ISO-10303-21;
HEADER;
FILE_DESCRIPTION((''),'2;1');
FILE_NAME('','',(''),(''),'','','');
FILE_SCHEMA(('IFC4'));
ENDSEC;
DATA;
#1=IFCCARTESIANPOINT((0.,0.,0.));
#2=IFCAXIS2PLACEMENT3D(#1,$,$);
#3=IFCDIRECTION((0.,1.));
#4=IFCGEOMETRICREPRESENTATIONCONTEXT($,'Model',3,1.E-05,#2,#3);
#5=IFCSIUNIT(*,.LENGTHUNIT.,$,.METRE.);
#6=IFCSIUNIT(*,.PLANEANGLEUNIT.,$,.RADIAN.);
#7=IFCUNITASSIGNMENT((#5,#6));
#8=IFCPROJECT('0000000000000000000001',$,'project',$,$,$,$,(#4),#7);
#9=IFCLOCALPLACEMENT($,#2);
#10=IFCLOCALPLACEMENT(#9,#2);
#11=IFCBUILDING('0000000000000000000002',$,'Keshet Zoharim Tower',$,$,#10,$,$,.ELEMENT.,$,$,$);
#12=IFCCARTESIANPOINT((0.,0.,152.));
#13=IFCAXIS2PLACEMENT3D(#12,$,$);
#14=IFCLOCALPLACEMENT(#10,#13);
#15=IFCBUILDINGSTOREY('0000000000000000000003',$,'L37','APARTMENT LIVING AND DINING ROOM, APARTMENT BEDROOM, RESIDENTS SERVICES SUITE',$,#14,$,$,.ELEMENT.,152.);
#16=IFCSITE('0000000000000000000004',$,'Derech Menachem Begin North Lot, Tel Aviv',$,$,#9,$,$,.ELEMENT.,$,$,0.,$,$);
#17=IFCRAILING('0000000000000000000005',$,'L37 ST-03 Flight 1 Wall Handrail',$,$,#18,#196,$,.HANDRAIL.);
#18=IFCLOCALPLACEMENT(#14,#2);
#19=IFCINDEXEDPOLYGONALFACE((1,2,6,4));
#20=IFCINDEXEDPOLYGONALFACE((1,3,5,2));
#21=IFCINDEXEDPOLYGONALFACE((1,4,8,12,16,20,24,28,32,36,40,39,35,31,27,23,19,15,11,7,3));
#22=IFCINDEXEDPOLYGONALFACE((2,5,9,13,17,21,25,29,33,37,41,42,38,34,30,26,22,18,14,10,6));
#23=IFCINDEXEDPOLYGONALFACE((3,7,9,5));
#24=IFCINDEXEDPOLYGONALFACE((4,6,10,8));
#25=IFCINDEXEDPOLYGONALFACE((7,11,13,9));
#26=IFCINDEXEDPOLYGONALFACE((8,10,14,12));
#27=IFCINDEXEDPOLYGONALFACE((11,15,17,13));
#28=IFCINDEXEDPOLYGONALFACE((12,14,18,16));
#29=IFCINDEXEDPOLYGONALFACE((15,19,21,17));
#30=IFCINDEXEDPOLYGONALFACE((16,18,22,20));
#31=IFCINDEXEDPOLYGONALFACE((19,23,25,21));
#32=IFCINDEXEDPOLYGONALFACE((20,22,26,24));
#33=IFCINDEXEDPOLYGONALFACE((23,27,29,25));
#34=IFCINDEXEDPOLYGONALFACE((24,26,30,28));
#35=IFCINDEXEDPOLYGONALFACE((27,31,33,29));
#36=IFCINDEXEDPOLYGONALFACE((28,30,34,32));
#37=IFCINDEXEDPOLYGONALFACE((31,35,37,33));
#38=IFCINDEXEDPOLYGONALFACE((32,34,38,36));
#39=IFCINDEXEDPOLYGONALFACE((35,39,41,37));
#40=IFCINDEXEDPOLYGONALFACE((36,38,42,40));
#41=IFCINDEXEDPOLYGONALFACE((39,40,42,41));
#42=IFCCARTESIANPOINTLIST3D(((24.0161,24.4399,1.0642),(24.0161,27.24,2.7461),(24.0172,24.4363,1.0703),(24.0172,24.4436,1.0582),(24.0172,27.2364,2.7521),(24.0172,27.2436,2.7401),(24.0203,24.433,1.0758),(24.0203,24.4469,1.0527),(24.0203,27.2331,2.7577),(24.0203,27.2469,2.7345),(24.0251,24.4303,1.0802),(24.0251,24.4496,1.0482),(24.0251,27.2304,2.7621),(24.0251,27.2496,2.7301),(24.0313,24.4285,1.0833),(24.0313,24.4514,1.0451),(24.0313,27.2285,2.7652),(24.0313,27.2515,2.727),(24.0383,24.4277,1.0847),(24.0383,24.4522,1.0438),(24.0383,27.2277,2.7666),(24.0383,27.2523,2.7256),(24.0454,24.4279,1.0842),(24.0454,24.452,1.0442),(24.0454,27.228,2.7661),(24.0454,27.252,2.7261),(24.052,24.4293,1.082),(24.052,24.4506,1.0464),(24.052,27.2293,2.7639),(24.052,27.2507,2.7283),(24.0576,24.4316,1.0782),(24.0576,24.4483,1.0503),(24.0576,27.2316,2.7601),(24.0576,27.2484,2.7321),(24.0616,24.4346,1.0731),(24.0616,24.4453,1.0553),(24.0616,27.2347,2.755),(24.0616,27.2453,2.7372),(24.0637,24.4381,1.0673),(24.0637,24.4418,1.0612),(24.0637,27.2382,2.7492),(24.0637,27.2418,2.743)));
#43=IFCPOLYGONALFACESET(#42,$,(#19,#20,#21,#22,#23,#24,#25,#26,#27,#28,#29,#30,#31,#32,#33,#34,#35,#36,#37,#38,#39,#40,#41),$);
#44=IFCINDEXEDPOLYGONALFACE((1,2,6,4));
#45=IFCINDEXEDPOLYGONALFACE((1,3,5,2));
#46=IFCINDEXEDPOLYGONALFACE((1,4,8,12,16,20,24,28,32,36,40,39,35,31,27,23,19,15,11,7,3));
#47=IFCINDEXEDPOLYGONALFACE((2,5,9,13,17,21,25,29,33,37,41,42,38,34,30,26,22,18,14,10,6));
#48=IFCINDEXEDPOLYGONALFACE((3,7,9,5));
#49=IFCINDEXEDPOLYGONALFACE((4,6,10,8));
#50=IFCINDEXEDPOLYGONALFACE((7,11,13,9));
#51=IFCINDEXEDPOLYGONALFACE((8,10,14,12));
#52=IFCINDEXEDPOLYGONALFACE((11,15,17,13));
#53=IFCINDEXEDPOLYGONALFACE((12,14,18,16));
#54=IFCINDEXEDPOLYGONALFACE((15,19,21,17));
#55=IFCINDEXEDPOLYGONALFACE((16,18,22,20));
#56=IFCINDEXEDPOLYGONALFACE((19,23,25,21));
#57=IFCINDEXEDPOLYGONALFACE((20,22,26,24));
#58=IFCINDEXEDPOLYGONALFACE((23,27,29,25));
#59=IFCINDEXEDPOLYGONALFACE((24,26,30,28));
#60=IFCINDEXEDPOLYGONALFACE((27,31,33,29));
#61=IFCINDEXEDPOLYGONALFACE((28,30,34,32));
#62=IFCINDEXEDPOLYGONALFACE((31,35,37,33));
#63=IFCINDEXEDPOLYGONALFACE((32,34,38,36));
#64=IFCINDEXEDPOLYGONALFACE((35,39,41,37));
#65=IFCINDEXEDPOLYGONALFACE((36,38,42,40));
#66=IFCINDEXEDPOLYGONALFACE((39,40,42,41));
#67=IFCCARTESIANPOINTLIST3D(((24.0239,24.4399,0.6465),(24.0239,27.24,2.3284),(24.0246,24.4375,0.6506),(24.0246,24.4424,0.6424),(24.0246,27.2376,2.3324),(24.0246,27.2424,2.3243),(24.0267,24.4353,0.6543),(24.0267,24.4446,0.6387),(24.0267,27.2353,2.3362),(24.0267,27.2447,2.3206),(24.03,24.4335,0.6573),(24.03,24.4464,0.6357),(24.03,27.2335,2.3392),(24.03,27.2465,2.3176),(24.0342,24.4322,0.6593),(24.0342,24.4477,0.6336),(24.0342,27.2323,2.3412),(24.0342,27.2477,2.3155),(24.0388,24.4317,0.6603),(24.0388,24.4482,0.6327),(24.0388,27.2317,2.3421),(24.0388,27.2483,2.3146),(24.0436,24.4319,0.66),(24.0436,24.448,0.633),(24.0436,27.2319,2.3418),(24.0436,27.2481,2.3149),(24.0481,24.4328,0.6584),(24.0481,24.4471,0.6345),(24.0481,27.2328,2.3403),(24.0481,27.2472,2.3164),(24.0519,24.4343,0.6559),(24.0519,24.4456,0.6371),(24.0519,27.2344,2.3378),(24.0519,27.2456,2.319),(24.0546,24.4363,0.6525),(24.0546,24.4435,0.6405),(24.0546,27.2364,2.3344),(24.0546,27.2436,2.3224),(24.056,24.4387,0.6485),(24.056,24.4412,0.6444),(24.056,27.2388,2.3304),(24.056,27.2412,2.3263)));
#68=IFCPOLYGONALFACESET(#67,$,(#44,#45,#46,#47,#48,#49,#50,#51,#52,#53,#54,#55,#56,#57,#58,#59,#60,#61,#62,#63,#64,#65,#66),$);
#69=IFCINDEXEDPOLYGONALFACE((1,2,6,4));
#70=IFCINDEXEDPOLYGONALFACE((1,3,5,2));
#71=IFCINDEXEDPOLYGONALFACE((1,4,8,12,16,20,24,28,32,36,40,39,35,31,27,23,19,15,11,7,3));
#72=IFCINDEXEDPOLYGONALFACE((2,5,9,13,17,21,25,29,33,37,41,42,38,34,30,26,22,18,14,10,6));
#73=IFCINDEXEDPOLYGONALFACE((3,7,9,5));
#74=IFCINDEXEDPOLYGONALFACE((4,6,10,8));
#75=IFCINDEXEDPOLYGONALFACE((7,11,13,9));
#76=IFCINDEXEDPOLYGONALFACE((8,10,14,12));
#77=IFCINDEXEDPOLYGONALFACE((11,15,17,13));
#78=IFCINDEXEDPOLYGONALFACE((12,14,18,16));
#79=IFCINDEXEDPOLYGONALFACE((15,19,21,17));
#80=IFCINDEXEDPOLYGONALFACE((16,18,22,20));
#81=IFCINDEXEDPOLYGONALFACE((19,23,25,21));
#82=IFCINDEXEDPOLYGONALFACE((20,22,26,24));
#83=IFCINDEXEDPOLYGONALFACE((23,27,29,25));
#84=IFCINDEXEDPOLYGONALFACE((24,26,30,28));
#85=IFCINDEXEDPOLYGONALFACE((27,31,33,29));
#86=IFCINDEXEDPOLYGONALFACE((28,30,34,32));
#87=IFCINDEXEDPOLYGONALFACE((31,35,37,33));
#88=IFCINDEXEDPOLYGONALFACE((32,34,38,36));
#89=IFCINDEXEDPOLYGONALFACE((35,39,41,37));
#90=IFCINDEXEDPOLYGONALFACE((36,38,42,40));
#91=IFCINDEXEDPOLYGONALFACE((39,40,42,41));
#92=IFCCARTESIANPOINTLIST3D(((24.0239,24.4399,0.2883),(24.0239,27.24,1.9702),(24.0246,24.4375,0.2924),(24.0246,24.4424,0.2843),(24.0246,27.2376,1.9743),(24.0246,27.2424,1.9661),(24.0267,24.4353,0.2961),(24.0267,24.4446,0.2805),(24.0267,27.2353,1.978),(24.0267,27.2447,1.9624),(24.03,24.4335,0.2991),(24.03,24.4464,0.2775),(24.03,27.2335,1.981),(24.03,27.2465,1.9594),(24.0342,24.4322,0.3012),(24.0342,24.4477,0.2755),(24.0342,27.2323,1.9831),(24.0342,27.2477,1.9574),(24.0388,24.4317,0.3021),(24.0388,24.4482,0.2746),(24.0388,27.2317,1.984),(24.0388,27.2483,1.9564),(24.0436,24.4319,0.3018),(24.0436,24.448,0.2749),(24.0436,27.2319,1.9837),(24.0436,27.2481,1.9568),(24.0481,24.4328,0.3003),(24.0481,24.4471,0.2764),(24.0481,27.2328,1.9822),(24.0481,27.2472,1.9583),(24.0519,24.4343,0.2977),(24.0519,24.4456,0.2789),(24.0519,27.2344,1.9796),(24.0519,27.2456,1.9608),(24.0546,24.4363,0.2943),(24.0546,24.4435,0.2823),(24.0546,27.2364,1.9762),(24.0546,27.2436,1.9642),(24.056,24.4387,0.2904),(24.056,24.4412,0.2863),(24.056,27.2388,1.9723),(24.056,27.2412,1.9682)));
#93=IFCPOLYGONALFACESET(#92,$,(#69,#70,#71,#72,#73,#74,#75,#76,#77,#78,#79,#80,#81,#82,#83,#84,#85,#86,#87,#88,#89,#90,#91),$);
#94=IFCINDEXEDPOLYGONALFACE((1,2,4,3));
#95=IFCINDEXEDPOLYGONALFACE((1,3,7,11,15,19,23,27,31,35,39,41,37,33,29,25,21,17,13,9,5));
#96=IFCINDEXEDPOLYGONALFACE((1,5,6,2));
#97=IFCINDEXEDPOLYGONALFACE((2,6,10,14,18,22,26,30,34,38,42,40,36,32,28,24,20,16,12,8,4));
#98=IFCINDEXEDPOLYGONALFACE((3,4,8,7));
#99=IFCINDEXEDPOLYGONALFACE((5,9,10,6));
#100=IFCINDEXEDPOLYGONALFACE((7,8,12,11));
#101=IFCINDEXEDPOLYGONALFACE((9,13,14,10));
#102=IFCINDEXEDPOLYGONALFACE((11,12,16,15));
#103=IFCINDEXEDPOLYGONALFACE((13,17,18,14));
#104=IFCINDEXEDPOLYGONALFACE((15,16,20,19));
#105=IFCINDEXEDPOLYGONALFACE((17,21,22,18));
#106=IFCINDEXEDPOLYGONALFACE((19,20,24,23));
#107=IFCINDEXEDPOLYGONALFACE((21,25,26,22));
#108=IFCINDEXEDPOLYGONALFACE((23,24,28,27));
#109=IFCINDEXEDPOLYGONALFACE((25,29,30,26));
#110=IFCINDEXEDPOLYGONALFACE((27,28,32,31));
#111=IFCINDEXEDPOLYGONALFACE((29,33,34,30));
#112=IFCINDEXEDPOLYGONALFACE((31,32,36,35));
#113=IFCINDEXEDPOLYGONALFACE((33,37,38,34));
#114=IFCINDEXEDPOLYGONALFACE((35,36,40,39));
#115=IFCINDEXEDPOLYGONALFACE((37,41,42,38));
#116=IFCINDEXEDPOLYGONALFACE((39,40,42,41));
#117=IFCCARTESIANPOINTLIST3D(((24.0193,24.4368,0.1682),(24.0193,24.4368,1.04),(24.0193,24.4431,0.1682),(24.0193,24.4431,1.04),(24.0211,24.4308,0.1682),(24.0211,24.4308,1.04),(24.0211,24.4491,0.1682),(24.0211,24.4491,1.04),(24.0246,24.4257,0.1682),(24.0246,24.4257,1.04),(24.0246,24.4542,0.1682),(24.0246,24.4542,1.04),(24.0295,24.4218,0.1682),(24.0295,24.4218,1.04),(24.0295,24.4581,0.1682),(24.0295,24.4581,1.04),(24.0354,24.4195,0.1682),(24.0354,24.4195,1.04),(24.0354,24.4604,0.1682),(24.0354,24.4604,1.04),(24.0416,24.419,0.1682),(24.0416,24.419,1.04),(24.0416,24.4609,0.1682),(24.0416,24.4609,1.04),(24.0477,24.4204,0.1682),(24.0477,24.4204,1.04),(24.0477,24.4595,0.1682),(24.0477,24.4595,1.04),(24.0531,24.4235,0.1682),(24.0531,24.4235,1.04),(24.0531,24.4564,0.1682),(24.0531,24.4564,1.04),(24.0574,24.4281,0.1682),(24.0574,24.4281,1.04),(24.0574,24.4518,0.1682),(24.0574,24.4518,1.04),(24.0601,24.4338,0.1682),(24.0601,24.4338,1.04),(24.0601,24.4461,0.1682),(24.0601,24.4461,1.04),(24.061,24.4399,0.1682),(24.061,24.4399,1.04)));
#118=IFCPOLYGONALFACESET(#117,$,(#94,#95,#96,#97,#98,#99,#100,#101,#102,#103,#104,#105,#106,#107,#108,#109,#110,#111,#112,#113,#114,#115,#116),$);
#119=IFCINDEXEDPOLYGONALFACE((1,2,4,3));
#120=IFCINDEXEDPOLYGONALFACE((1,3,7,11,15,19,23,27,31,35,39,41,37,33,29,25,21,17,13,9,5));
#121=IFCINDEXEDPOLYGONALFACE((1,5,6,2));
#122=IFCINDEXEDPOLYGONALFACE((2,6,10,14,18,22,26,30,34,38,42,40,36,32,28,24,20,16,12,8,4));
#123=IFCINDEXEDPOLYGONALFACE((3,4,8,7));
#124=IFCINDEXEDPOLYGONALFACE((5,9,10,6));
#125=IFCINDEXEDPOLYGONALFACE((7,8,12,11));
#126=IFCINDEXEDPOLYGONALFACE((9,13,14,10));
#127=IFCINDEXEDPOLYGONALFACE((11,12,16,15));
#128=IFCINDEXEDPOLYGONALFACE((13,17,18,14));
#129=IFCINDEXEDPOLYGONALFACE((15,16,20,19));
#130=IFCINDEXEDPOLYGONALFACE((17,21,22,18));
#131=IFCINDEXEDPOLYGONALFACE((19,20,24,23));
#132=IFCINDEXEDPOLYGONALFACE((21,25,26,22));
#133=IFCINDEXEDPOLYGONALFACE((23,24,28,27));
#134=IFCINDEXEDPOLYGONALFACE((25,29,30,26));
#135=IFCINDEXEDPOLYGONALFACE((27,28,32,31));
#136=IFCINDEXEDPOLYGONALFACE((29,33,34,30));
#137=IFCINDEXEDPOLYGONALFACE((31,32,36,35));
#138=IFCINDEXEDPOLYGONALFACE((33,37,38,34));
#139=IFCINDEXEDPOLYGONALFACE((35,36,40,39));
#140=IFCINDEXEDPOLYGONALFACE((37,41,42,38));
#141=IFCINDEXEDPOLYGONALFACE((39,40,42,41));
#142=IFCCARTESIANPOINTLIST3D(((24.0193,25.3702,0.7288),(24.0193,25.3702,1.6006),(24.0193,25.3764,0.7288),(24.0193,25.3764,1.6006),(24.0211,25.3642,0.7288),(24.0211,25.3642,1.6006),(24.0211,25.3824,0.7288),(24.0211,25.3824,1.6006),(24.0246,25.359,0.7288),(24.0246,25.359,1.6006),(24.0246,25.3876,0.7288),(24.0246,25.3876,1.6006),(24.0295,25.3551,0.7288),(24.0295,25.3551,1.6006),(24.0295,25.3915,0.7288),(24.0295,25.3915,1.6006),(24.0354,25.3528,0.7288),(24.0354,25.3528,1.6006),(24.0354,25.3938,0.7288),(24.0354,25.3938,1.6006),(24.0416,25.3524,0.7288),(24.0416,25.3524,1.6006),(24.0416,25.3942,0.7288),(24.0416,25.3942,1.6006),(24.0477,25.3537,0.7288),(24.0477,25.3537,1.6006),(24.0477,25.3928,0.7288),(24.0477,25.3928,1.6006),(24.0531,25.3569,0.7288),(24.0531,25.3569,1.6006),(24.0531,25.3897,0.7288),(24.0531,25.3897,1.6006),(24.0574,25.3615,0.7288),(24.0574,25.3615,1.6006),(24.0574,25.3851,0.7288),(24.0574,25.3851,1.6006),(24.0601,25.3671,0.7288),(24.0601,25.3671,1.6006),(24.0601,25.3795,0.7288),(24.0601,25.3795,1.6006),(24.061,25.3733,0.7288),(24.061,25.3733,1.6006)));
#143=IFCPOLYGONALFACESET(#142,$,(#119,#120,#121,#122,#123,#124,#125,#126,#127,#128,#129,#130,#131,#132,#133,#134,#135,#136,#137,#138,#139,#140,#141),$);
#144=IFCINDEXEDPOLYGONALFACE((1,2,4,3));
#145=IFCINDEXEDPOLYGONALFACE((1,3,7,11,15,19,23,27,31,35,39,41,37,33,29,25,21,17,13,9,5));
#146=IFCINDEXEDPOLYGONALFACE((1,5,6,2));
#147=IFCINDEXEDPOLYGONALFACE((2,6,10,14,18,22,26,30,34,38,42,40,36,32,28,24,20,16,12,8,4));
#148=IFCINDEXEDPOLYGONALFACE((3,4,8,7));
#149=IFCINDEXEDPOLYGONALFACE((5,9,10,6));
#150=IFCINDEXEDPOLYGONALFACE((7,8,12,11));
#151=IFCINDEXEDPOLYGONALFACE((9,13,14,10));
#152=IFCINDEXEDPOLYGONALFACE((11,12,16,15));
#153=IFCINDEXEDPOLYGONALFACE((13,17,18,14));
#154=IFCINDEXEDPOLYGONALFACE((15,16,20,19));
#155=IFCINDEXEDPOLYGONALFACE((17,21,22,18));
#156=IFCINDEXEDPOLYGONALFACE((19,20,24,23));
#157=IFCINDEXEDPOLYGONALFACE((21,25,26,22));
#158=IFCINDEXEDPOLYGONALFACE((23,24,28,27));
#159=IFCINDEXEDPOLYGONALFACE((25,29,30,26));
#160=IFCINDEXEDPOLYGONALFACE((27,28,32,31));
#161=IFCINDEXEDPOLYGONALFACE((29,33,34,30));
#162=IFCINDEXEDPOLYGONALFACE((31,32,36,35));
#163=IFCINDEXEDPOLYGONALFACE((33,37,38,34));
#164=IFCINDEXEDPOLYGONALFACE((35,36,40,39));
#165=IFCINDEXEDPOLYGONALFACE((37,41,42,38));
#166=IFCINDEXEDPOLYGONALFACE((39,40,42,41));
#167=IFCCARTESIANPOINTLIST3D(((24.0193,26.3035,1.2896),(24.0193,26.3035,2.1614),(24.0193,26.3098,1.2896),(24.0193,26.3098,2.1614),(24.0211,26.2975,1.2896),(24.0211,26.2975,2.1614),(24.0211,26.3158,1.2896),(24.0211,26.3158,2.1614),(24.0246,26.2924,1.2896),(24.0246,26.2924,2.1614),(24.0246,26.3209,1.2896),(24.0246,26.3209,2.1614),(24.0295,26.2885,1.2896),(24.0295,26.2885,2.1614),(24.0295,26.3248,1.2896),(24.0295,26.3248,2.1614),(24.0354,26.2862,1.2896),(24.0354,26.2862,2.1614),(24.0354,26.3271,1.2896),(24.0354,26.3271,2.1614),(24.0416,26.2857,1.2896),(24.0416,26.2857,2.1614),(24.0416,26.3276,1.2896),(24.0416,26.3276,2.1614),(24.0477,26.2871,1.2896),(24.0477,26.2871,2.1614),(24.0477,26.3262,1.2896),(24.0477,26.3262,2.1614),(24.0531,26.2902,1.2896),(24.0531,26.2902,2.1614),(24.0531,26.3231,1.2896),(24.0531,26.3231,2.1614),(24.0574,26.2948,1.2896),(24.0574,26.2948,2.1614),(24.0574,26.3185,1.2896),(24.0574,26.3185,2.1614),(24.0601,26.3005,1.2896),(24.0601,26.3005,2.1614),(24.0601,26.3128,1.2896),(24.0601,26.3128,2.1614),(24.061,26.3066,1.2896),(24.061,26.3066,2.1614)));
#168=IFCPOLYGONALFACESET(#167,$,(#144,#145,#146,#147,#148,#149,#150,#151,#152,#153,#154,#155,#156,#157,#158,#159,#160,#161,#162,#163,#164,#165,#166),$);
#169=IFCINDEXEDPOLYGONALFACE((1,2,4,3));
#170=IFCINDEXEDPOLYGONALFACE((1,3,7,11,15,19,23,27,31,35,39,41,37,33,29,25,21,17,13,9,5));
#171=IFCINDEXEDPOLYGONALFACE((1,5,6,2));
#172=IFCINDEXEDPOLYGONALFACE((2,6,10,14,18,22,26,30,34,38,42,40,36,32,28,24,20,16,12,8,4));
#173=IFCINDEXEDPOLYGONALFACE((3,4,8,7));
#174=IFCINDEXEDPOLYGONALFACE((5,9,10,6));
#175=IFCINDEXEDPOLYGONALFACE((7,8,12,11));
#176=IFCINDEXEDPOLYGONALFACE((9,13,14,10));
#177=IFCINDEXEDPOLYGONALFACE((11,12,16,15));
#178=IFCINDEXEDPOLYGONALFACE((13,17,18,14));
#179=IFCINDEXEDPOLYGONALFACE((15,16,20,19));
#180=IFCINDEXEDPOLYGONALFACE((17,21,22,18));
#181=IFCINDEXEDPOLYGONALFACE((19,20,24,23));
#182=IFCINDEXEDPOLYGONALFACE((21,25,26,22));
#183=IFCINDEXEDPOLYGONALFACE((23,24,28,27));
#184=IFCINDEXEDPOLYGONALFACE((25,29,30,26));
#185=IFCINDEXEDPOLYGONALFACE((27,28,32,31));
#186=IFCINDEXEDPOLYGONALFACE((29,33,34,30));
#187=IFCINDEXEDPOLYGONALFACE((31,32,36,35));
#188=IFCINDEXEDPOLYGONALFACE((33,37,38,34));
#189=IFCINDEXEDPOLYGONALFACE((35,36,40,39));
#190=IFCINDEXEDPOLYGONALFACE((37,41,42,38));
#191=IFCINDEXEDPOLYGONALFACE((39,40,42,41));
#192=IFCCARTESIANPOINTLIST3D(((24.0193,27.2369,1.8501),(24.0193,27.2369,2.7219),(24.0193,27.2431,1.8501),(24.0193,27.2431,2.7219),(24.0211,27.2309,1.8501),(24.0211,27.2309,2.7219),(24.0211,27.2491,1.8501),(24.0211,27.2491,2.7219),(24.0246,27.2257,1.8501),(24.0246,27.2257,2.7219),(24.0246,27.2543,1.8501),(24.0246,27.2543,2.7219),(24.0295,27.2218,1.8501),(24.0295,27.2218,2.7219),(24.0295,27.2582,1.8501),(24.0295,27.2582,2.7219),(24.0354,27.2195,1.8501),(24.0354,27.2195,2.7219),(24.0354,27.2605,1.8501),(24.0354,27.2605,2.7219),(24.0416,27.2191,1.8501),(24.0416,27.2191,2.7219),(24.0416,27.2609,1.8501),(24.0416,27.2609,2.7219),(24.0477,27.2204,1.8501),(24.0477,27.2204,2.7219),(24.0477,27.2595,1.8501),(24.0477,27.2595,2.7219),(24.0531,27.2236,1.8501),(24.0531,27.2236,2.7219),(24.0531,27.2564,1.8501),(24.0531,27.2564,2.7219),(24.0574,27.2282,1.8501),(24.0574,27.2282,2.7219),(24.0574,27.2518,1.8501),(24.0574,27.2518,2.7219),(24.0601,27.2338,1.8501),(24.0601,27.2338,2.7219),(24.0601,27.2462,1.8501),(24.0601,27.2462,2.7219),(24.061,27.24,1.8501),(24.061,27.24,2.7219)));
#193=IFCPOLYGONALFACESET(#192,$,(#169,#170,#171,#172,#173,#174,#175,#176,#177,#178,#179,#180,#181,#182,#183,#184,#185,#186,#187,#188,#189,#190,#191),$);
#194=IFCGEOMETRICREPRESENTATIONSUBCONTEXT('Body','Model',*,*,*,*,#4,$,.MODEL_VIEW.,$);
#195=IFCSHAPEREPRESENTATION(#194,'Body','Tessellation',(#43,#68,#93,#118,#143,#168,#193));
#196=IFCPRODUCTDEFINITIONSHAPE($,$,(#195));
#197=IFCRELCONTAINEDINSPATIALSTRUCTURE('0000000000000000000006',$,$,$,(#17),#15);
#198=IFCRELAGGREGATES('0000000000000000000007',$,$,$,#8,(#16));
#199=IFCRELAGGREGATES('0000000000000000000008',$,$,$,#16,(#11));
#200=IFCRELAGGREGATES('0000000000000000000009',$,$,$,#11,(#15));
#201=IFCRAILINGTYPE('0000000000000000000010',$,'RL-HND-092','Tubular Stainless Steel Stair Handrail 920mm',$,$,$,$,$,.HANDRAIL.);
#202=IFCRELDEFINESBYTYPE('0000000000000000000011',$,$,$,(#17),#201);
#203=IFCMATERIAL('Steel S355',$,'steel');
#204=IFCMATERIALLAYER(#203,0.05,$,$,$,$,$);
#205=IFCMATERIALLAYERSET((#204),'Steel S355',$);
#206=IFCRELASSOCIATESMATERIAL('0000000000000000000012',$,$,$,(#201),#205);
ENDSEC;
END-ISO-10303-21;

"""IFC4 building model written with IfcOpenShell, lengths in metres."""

from ifc_helpers import new_model, si_unit, direction, frame, origin, origin_2d, place, context, subcontext, project, spatial, circle, extrude, material, layer, layer_set, type_object, element, save


model = new_model("IFC4")

# Units and contexts
model_context = context("Model", 3, precision=1e-05, world=origin(), true_north=direction((0.0, 1.0)))
body_context = subcontext(model_context, "Body", "Model", "MODEL_VIEW")
ifc_project = project(units=[si_unit("LENGTHUNIT", "METRE"), si_unit("PLANEANGLEUNIT", "RADIAN")], contexts=[model_context])

# Site, building, storey
site_placement = place(None, origin())
site = spatial("IfcSite", under=ifc_project, at=site_placement, Name="Derech Menachem Begin North Lot, Tel Aviv", CompositionType="ELEMENT", RefElevation=0.0)
building_placement = place(site_placement, origin())
building = spatial("IfcBuilding", under=site, at=building_placement, Name="Keshet Zoharim Tower", CompositionType="ELEMENT")
storey_placement = place(building_placement, frame((0.0, 0.0, 152.0)))
storey = spatial("IfcBuildingStorey", under=building, at=storey_placement, Name="L37", Description="APARTMENT LIVING AND DINING ROOM, APARTMENT BEDROOM, RESIDENTS SERVICES SUITE", CompositionType="ELEMENT", Elevation=152.0)

# Shared definitions
ifc_material_1 = material(Name="Steel S355", Category="steel")

# Railing
ifc_layer_1 = layer(ifc_material_1, 0.05)
ifc_layer_set_1 = layer_set([ifc_layer_1], Name="Steel S355")
railing_type_1 = type_object("IfcRailingType", Name="RL-HND-092", Description="Tubular Stainless Steel Stair Handrail 920mm", PredefinedType="HANDRAIL", material=ifc_layer_set_1)
railing_1_placement = place(storey_placement, frame((24.04, 24.4399, 0.1682)))
element("IfcRailing", 1, at=railing_1_placement, inside=storey, type_object=railing_type_1, Name="L37 ST-03 Flight 1 Wall Handrail", PredefinedType="HANDRAIL", context=body_context, shape_type="SweptSolid", body=[
    extrude(circle(Radius=0.0239, at=origin_2d()), frame((0.0, 0.0, 0.896), z_axis=(0.0, 0.857242, 0.514913), x_axis=(-1.0, 0.0, 0.0)), (0.0, 0.0, 1.0), 3.2664),
    extrude(circle(Radius=0.0161, at=origin_2d()), frame((0.0, 0.0, 0.4783), z_axis=(0.0, 0.857242, 0.514913), x_axis=(-1.0, 0.0, 0.0)), (0.0, 0.0, 1.0), 3.2664),
    extrude(circle(Radius=0.0161, at=origin_2d()), frame((0.0, 0.0, 0.1201), z_axis=(0.0, 0.857242, 0.514913), x_axis=(-1.0, 0.0, 0.0)), (0.0, 0.0, 1.0), 3.2664),
    extrude(circle(Radius=0.021, at=origin_2d()), origin(), (0.0, 0.0, 1.0), 0.8718),
    extrude(circle(Radius=0.021, at=origin_2d()), frame((0.0, 0.9333, 0.5605)), (0.0, 0.0, 1.0), 0.8718),
    extrude(circle(Radius=0.021, at=origin_2d()), frame((0.0, 1.8667, 1.1213)), (0.0, 0.0, 1.0), 0.8718),
    extrude(circle(Radius=0.021, at=origin_2d()), frame((0.0, 2.8, 1.6819)), (0.0, 0.0, 1.0), 0.8718),
])

save(model, "model.ifc")
